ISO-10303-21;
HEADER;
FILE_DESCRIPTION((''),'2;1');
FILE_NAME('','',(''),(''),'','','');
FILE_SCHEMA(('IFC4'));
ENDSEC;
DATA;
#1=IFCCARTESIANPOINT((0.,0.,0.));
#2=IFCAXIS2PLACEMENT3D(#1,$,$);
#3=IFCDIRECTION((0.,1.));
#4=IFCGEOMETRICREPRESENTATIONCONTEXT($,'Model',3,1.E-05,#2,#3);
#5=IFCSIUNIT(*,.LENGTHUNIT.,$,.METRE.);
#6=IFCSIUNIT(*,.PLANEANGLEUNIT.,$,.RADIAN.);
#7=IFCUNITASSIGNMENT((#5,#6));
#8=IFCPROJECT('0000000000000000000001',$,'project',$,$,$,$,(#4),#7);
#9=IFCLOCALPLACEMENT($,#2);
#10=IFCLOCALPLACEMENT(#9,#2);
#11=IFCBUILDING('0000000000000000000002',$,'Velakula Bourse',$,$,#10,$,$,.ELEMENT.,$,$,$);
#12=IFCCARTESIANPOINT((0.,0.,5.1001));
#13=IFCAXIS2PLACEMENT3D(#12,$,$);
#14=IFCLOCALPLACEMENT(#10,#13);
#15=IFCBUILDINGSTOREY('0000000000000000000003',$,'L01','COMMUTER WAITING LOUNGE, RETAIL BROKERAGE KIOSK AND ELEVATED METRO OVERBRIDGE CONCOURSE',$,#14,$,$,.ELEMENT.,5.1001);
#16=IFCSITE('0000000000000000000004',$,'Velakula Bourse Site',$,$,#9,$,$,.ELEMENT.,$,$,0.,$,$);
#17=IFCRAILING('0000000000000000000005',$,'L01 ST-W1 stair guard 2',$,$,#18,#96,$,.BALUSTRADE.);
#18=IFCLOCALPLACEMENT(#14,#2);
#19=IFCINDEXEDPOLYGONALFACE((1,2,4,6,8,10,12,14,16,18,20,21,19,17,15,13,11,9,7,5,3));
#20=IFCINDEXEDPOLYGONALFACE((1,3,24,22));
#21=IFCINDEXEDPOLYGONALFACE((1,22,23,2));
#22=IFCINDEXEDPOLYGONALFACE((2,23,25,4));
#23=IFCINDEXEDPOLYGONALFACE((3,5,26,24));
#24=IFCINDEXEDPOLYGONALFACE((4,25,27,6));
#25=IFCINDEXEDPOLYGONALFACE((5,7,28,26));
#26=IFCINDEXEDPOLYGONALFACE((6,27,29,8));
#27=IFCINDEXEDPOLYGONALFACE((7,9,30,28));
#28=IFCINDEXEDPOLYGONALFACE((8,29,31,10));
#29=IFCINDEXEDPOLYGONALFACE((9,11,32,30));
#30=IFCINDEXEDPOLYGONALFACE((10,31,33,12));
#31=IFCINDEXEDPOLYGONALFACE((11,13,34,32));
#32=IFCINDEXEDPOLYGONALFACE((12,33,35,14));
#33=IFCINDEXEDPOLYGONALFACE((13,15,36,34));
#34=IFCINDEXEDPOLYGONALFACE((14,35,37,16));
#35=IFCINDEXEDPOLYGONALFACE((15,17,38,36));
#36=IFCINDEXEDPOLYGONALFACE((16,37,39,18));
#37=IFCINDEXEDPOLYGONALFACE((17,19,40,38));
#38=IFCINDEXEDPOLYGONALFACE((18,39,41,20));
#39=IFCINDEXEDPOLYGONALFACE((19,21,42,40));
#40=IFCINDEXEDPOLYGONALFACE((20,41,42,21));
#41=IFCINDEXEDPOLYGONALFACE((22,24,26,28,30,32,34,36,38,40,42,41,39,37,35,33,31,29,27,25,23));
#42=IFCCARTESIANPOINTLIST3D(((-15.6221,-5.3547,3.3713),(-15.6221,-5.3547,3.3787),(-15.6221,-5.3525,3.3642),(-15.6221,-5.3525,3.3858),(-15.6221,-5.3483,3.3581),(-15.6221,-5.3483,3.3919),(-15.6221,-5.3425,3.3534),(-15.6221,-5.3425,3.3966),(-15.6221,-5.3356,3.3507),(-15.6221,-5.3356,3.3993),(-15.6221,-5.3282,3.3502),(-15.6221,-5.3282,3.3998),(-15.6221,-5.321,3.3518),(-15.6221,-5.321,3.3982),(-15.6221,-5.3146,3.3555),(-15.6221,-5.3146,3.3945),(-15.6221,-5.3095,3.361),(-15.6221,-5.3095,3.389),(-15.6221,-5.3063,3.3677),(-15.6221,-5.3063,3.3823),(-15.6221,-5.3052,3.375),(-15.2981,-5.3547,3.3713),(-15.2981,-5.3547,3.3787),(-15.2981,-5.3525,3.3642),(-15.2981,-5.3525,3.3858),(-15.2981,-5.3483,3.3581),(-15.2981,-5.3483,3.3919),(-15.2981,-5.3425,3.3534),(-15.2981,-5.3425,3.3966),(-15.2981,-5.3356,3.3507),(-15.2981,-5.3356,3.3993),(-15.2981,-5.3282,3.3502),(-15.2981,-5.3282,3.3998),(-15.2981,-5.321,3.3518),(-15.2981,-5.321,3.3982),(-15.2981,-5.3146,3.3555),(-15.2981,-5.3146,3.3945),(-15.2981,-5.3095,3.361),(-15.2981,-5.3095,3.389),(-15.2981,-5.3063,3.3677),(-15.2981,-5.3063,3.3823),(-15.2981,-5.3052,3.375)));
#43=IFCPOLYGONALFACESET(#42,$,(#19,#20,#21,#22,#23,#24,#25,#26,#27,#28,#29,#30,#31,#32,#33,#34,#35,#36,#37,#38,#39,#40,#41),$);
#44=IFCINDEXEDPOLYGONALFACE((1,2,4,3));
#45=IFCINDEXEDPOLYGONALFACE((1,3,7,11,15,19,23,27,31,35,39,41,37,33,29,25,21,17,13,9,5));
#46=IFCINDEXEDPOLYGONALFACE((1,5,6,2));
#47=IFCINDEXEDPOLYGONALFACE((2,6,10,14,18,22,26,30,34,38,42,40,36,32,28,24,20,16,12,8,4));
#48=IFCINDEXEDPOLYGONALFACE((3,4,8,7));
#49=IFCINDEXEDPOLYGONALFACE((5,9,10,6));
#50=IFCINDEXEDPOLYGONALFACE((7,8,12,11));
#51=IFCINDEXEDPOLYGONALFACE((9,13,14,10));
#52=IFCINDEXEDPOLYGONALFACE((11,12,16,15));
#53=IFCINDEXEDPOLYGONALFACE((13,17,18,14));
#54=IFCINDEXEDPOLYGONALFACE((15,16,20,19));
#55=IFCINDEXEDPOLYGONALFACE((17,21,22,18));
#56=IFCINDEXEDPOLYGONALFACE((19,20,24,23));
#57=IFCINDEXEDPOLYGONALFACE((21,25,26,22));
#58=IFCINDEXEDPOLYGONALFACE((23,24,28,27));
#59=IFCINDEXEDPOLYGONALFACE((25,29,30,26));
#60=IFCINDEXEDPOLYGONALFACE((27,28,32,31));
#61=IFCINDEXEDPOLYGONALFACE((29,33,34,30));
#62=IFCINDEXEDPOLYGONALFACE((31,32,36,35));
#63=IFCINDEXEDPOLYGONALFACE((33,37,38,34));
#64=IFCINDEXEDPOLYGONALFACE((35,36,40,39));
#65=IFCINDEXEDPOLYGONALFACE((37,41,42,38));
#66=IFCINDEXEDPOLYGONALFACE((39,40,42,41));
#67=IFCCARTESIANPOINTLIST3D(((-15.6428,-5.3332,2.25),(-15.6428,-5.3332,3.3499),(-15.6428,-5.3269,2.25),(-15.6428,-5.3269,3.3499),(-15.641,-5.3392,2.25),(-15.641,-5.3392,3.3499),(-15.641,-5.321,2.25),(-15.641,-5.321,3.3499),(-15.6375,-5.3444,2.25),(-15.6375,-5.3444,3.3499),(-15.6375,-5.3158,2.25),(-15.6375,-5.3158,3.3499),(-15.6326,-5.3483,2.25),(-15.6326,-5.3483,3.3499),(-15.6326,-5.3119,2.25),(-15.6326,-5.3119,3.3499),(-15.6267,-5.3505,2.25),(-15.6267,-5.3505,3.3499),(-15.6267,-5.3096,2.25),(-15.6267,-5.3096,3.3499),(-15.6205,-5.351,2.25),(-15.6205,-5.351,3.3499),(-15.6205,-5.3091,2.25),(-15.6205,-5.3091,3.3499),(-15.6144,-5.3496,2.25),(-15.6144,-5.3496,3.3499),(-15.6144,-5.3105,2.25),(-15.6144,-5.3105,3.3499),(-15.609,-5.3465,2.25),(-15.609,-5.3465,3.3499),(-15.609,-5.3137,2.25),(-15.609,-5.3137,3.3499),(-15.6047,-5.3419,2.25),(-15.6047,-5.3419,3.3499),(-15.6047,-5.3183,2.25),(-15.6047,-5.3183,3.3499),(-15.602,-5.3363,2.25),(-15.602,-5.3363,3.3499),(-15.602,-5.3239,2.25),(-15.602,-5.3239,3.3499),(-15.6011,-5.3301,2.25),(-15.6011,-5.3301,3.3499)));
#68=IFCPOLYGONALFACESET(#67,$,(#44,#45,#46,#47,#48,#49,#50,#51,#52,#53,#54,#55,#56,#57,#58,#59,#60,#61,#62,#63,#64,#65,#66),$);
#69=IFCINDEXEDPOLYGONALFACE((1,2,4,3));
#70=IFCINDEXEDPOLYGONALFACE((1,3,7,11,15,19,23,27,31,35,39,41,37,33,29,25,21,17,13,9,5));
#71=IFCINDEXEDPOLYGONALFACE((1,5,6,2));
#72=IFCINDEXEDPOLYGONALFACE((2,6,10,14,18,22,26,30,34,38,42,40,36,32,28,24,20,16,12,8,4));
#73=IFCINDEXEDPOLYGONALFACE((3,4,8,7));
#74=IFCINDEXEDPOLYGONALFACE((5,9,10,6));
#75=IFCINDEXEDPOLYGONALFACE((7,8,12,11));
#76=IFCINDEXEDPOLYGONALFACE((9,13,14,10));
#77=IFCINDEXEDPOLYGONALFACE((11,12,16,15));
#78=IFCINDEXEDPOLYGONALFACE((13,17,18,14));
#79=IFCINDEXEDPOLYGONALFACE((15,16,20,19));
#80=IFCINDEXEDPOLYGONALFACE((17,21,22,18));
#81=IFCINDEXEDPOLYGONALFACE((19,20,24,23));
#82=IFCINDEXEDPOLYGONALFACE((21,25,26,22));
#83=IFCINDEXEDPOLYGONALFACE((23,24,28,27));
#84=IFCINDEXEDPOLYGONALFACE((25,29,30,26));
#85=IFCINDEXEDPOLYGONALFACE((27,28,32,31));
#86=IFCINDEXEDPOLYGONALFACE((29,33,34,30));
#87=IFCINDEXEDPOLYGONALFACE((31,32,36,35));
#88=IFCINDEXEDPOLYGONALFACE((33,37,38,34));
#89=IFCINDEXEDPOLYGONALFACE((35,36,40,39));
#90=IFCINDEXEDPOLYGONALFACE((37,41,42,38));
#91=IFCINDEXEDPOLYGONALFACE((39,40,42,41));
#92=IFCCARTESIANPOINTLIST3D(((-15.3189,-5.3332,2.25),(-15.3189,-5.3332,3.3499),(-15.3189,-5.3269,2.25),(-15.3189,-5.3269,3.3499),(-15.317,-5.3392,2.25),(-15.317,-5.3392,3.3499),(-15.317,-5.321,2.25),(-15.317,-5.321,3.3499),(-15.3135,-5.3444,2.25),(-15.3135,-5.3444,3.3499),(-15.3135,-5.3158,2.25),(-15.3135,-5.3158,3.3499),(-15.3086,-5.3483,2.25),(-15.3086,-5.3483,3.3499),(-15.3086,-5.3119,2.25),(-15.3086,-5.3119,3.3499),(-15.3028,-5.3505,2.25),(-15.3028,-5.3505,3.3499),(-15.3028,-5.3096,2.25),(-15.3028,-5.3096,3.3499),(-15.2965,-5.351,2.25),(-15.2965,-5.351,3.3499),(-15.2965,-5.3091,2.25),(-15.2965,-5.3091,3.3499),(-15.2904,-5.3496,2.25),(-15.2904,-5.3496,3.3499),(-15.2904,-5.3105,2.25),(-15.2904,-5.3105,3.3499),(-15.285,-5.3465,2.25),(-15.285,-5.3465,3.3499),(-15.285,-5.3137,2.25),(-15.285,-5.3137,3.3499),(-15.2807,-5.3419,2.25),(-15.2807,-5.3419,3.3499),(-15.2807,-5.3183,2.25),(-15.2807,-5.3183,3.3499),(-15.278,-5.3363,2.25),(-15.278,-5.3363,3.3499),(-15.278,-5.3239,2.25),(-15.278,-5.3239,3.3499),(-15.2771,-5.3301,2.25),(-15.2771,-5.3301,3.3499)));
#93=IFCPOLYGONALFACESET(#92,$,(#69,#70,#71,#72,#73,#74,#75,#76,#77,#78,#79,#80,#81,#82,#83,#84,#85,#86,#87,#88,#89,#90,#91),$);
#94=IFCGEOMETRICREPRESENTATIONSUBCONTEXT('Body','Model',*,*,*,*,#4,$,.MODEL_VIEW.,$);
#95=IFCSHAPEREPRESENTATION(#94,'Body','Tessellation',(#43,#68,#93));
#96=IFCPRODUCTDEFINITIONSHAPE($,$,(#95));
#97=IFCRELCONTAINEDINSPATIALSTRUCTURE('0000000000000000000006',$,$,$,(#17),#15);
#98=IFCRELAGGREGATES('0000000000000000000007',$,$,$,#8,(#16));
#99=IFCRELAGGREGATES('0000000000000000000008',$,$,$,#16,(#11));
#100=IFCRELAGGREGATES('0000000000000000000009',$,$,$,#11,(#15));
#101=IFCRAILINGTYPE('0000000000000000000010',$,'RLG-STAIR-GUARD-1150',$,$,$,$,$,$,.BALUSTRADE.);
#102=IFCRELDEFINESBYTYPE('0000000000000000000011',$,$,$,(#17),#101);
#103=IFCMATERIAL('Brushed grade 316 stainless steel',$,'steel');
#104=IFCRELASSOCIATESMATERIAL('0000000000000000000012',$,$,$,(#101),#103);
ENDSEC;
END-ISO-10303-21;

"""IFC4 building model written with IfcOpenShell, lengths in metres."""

from ifc_helpers import new_model, si_unit, direction, frame, origin, origin_2d, place, context, subcontext, project, spatial, circle, extrude, material, type_object, element, save


model = new_model("IFC4")

# Units and contexts
model_context = context("Model", 3, precision=1e-05, world=origin(), true_north=direction((0.0, 1.0)))
body_context = subcontext(model_context, "Body", "Model", "MODEL_VIEW")
ifc_project = project(units=[si_unit("LENGTHUNIT", "METRE"), si_unit("PLANEANGLEUNIT", "RADIAN")], contexts=[model_context])

# Site, building, storey
site_placement = place(None, origin())
site = spatial("IfcSite", under=ifc_project, at=site_placement, Name="Velakula Bourse Site", CompositionType="ELEMENT", RefElevation=0.0)
building_placement = place(site_placement, origin())
building = spatial("IfcBuilding", under=site, at=building_placement, Name="Velakula Bourse", CompositionType="ELEMENT")
storey_placement = place(building_placement, frame((0.0, 0.0, 5.1001)))
storey = spatial("IfcBuildingStorey", under=building, at=storey_placement, Name="L01", Description="COMMUTER WAITING LOUNGE, RETAIL BROKERAGE KIOSK AND ELEVATED METRO OVERBRIDGE CONCOURSE", CompositionType="ELEMENT", Elevation=5.1001)

# Shared definitions
ifc_material_1 = material(Name="Brushed grade 316 stainless steel", Category="steel")

# Railing
railing_type_1 = type_object("IfcRailingType", Name="RLG-STAIR-GUARD-1150", PredefinedType="BALUSTRADE", material=ifc_material_1)
railing_1_placement = place(storey_placement, frame((-15.6221, -5.3301, 2.25)))
element("IfcRailing", 1, at=railing_1_placement, inside=storey, type_object=railing_type_1, Name="L01 ST-W1 stair guard 2", PredefinedType="BALUSTRADE", context=body_context, shape_type="SweptSolid", body=[
    extrude(circle(Radius=0.0249, at=origin_2d()), frame((0.0, 0.0, 1.125), z_axis=(1.0, 0.0, 0.0), x_axis=(0.0, 1.0, 0.0)), (0.0, 0.0, 1.0), 0.324),
    extrude(circle(Radius=0.021, at=origin_2d()), origin(), (0.0, 0.0, 1.0), 1.0999),
    extrude(circle(Radius=0.021, at=origin_2d()), frame((0.324, 0.0, 0.0)), (0.0, 0.0, 1.0), 1.0999),
])

save(model, "model.ifc")
